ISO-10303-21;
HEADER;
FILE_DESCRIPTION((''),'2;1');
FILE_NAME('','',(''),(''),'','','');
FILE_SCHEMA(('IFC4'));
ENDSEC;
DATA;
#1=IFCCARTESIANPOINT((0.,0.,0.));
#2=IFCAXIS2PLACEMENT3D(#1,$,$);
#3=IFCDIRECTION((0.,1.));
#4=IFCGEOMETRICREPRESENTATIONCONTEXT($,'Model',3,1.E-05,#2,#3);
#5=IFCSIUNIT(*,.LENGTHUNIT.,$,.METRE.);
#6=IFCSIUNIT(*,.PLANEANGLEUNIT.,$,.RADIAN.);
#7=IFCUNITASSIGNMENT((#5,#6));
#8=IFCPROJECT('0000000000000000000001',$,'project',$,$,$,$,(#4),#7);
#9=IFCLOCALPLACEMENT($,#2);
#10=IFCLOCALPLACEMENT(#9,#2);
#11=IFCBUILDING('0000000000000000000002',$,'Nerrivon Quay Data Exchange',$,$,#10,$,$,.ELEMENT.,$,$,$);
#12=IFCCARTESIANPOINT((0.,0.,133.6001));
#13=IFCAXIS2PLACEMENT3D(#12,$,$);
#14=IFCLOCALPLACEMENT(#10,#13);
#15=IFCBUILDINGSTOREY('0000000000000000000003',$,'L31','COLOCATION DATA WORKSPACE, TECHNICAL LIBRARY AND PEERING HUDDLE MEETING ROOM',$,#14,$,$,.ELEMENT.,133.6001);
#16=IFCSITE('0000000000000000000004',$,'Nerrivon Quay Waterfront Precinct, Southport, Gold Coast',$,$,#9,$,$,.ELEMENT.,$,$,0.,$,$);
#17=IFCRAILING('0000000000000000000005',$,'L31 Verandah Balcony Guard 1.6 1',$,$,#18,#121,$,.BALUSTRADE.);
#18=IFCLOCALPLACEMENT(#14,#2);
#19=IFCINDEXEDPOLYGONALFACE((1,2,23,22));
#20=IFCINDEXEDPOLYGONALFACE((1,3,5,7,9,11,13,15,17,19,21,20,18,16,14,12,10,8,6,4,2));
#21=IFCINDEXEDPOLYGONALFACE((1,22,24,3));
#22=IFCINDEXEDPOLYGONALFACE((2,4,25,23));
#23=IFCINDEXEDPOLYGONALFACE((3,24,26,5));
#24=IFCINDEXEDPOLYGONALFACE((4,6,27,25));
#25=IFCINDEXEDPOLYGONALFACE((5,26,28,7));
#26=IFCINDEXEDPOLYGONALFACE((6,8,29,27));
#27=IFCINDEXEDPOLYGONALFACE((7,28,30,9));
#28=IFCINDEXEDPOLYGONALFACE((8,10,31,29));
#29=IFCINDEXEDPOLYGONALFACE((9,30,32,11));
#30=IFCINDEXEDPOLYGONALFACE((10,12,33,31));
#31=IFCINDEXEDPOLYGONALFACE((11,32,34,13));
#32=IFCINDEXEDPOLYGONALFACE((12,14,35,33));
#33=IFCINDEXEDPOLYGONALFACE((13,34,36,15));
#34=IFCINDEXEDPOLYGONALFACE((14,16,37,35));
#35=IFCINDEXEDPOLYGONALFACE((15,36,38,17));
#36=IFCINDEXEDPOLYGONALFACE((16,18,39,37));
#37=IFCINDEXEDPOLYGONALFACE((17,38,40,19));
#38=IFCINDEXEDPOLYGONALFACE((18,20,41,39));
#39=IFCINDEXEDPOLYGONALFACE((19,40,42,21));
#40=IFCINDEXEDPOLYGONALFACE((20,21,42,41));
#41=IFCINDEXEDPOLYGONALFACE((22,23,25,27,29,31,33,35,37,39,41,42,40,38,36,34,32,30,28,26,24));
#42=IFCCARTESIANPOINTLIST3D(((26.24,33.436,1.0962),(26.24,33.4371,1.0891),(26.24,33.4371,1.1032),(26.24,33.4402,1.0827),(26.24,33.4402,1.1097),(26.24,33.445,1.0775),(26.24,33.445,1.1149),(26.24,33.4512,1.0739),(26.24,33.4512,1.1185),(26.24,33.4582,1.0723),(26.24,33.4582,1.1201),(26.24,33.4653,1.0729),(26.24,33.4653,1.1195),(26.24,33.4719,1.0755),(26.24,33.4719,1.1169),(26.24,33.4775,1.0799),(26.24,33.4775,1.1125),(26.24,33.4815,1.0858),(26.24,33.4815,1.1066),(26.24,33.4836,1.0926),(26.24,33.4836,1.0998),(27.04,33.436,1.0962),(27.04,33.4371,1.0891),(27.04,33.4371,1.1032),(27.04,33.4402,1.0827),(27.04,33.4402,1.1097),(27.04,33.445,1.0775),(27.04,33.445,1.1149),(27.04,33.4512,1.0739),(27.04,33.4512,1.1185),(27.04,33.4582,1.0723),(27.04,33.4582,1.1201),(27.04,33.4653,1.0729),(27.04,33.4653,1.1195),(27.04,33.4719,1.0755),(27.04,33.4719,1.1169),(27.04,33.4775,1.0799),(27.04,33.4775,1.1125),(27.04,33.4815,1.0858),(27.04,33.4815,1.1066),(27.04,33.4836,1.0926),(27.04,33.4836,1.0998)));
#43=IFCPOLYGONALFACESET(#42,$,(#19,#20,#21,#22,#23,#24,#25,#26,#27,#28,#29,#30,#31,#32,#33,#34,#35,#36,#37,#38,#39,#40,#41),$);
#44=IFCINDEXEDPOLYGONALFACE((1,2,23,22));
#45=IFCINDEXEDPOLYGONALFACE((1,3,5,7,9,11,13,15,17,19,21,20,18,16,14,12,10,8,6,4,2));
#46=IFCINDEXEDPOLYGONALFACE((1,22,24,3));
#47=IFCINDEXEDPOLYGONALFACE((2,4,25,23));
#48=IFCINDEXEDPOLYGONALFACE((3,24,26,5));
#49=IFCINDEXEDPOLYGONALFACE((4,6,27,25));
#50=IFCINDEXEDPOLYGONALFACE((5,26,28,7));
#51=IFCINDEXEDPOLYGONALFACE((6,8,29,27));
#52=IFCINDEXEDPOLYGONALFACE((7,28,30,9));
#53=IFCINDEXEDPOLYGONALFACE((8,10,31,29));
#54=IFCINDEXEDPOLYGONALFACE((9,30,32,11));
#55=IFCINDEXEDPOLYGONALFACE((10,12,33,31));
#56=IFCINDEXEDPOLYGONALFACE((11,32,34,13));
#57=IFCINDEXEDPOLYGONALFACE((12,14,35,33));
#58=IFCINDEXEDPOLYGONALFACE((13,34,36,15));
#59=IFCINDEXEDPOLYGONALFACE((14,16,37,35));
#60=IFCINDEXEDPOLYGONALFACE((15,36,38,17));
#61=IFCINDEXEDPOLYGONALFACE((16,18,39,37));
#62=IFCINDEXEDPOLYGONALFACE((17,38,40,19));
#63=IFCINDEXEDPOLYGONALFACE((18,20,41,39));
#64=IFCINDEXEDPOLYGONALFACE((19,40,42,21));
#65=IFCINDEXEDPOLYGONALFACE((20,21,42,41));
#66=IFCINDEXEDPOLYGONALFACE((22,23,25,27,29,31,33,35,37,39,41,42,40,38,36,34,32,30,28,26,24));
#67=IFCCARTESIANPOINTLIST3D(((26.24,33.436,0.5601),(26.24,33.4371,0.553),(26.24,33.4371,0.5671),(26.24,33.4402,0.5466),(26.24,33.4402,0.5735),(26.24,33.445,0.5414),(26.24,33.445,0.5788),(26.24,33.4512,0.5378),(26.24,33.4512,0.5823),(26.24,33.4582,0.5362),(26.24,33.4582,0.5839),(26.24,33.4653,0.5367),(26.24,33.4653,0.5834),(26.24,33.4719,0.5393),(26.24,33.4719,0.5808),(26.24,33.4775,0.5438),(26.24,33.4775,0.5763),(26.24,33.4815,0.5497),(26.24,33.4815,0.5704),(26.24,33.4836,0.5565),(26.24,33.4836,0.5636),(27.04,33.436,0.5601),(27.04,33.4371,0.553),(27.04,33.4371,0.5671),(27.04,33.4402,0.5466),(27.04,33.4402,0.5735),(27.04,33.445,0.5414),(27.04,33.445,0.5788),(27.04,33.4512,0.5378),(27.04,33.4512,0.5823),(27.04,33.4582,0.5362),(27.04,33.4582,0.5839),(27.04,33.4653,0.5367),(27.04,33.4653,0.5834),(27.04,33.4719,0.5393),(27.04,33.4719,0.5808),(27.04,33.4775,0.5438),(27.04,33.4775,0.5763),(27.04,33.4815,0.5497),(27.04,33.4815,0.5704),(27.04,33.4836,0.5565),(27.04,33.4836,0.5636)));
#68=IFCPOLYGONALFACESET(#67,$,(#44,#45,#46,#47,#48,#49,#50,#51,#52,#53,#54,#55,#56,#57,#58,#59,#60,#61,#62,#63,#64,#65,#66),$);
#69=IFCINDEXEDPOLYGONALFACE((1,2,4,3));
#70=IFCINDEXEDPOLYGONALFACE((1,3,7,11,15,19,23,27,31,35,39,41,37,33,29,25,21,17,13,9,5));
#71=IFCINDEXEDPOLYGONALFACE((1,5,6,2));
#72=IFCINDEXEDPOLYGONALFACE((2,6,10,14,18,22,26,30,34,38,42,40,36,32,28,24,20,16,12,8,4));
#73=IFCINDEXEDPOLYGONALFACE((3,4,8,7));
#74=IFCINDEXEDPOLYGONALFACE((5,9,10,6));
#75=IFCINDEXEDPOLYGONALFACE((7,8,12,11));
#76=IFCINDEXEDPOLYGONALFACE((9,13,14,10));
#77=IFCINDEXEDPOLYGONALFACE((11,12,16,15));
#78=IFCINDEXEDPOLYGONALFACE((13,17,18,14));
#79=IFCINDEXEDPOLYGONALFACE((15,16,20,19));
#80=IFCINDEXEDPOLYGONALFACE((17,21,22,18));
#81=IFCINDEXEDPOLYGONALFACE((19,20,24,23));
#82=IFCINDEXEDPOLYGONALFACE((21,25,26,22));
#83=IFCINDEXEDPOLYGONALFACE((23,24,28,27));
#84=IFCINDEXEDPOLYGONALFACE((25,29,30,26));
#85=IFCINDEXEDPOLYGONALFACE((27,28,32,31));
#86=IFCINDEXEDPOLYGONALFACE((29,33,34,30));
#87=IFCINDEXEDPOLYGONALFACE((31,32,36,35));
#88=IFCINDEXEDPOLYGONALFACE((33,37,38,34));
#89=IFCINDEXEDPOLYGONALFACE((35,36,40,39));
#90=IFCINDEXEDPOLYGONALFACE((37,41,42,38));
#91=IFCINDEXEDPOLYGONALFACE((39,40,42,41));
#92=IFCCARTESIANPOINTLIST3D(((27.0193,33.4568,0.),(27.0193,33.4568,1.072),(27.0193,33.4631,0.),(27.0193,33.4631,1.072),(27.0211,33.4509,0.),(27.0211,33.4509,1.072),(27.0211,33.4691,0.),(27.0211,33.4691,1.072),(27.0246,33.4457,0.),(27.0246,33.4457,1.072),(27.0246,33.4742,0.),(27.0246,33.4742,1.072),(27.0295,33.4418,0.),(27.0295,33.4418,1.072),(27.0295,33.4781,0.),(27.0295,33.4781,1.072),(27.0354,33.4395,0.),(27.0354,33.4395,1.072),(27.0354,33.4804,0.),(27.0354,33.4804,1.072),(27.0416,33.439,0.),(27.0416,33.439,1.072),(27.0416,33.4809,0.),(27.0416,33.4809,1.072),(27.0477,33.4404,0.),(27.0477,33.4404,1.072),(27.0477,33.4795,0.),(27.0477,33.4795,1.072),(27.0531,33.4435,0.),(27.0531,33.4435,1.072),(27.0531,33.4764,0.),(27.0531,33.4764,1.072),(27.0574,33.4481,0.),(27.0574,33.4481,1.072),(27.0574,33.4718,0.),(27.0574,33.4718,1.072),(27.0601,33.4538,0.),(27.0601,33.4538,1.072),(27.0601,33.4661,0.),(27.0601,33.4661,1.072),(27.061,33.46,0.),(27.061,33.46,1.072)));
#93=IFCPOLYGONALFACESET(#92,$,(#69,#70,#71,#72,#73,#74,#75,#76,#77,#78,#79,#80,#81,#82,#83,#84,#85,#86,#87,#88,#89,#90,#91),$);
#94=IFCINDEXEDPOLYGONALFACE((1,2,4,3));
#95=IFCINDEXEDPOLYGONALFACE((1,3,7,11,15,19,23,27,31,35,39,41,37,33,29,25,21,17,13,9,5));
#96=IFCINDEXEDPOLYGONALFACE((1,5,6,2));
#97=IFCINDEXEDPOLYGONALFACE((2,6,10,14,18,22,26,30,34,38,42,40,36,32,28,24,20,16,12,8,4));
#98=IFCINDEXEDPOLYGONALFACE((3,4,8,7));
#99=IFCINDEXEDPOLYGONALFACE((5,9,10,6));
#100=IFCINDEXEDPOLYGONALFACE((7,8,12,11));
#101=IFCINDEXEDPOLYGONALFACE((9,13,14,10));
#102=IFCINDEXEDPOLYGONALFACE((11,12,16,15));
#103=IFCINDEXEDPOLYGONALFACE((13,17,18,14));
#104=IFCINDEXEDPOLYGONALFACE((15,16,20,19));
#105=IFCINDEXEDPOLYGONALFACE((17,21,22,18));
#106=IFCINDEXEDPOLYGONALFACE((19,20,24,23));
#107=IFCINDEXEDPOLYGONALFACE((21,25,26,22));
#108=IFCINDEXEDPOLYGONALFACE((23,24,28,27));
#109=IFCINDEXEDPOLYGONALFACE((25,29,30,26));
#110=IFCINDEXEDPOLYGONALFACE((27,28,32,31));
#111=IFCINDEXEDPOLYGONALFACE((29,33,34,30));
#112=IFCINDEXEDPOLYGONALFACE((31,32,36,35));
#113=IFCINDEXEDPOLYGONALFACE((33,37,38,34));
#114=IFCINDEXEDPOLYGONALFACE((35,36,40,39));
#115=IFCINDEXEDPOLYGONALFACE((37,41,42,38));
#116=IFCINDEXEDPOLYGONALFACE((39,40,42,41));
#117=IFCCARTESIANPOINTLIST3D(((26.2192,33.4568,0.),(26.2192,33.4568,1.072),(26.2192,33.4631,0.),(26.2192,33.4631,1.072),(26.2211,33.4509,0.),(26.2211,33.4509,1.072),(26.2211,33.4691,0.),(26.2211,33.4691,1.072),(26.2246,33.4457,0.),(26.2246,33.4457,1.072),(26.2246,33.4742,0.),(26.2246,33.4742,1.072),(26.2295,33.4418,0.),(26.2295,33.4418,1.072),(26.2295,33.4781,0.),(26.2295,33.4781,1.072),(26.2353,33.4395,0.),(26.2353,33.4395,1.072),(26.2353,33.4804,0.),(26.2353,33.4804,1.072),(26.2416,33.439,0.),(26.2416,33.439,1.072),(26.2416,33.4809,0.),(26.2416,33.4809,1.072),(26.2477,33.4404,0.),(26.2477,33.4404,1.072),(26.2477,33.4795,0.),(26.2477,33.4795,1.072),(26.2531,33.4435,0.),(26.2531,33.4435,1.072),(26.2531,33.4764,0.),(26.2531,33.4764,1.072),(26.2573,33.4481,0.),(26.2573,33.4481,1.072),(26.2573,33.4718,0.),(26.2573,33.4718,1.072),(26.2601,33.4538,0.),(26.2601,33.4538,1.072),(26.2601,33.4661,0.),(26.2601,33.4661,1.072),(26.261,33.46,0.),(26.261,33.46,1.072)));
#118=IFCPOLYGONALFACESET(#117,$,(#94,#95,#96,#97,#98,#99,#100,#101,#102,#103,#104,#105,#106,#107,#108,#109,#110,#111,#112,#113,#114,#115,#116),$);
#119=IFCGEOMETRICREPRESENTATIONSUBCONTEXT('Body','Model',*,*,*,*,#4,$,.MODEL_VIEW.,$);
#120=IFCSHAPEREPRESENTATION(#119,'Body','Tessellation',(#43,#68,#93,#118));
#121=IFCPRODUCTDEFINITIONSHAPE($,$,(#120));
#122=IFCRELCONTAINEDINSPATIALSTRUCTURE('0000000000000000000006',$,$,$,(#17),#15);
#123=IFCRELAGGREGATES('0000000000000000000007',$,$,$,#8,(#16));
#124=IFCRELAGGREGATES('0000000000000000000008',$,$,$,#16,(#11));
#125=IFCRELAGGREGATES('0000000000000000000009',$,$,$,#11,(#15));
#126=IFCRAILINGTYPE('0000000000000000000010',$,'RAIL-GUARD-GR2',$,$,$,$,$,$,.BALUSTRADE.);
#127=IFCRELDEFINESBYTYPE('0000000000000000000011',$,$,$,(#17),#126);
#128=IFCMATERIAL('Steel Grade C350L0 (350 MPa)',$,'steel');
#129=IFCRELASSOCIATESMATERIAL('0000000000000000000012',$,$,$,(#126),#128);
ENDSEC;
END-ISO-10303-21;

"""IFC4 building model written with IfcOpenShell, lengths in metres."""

from ifc_helpers import new_model, si_unit, direction, frame, origin, origin_2d, place, context, subcontext, project, spatial, circle, extrude, material, type_object, element, save


model = new_model("IFC4")

# Units and contexts
model_context = context("Model", 3, precision=1e-05, world=origin(), true_north=direction((0.0, 1.0)))
body_context = subcontext(model_context, "Body", "Model", "MODEL_VIEW")
ifc_project = project(units=[si_unit("LENGTHUNIT", "METRE"), si_unit("PLANEANGLEUNIT", "RADIAN")], contexts=[model_context])

# Site, building, storey
site_placement = place(None, origin())
site = spatial("IfcSite", under=ifc_project, at=site_placement, Name="Nerrivon Quay Waterfront Precinct, Southport, Gold Coast", CompositionType="ELEMENT", RefElevation=0.0)
building_placement = place(site_placement, origin())
building = spatial("IfcBuilding", under=site, at=building_placement, Name="Nerrivon Quay Data Exchange", CompositionType="ELEMENT")
storey_placement = place(building_placement, frame((0.0, 0.0, 133.6001)))
storey = spatial("IfcBuildingStorey", under=building, at=storey_placement, Name="L31", Description="COLOCATION DATA WORKSPACE, TECHNICAL LIBRARY AND PEERING HUDDLE MEETING ROOM", CompositionType="ELEMENT", Elevation=133.6001)

# Railing
ifc_material_1 = material(Name="Steel Grade C350L0 (350 MPa)", Category="steel")
railing_type = type_object("IfcRailingType", Name="RAIL-GUARD-GR2", PredefinedType="BALUSTRADE", material=ifc_material_1)
railing_1_placement = place(storey_placement, frame((27.04, 33.46, 0.0)))
element("IfcRailing", 1, at=railing_1_placement, inside=storey, type_object=railing_type, Name="L31 Verandah Balcony Guard 1.6 1", PredefinedType="BALUSTRADE", context=body_context, shape_type="SweptSolid", body=[
    extrude(circle(Radius=0.0239, at=origin_2d()), frame((0.0, 0.0, 1.0962), z_axis=(-1.0, 0.0, 0.0), x_axis=(0.0, -1.0, 0.0)), (0.0, 0.0, 1.0), 0.8),
    extrude(circle(Radius=0.0239, at=origin_2d()), frame((0.0, 0.0, 0.5601), z_axis=(-1.0, 0.0, 0.0), x_axis=(0.0, -1.0, 0.0)), (0.0, 0.0, 1.0), 0.8),
    extrude(circle(Radius=0.021, at=origin_2d()), origin(), (0.0, 0.0, 1.0), 1.072),
    extrude(circle(Radius=0.021, at=origin_2d()), frame((-0.8, 0.0, 0.0)), (0.0, 0.0, 1.0), 1.072),
])

save(model, "model.ifc")
